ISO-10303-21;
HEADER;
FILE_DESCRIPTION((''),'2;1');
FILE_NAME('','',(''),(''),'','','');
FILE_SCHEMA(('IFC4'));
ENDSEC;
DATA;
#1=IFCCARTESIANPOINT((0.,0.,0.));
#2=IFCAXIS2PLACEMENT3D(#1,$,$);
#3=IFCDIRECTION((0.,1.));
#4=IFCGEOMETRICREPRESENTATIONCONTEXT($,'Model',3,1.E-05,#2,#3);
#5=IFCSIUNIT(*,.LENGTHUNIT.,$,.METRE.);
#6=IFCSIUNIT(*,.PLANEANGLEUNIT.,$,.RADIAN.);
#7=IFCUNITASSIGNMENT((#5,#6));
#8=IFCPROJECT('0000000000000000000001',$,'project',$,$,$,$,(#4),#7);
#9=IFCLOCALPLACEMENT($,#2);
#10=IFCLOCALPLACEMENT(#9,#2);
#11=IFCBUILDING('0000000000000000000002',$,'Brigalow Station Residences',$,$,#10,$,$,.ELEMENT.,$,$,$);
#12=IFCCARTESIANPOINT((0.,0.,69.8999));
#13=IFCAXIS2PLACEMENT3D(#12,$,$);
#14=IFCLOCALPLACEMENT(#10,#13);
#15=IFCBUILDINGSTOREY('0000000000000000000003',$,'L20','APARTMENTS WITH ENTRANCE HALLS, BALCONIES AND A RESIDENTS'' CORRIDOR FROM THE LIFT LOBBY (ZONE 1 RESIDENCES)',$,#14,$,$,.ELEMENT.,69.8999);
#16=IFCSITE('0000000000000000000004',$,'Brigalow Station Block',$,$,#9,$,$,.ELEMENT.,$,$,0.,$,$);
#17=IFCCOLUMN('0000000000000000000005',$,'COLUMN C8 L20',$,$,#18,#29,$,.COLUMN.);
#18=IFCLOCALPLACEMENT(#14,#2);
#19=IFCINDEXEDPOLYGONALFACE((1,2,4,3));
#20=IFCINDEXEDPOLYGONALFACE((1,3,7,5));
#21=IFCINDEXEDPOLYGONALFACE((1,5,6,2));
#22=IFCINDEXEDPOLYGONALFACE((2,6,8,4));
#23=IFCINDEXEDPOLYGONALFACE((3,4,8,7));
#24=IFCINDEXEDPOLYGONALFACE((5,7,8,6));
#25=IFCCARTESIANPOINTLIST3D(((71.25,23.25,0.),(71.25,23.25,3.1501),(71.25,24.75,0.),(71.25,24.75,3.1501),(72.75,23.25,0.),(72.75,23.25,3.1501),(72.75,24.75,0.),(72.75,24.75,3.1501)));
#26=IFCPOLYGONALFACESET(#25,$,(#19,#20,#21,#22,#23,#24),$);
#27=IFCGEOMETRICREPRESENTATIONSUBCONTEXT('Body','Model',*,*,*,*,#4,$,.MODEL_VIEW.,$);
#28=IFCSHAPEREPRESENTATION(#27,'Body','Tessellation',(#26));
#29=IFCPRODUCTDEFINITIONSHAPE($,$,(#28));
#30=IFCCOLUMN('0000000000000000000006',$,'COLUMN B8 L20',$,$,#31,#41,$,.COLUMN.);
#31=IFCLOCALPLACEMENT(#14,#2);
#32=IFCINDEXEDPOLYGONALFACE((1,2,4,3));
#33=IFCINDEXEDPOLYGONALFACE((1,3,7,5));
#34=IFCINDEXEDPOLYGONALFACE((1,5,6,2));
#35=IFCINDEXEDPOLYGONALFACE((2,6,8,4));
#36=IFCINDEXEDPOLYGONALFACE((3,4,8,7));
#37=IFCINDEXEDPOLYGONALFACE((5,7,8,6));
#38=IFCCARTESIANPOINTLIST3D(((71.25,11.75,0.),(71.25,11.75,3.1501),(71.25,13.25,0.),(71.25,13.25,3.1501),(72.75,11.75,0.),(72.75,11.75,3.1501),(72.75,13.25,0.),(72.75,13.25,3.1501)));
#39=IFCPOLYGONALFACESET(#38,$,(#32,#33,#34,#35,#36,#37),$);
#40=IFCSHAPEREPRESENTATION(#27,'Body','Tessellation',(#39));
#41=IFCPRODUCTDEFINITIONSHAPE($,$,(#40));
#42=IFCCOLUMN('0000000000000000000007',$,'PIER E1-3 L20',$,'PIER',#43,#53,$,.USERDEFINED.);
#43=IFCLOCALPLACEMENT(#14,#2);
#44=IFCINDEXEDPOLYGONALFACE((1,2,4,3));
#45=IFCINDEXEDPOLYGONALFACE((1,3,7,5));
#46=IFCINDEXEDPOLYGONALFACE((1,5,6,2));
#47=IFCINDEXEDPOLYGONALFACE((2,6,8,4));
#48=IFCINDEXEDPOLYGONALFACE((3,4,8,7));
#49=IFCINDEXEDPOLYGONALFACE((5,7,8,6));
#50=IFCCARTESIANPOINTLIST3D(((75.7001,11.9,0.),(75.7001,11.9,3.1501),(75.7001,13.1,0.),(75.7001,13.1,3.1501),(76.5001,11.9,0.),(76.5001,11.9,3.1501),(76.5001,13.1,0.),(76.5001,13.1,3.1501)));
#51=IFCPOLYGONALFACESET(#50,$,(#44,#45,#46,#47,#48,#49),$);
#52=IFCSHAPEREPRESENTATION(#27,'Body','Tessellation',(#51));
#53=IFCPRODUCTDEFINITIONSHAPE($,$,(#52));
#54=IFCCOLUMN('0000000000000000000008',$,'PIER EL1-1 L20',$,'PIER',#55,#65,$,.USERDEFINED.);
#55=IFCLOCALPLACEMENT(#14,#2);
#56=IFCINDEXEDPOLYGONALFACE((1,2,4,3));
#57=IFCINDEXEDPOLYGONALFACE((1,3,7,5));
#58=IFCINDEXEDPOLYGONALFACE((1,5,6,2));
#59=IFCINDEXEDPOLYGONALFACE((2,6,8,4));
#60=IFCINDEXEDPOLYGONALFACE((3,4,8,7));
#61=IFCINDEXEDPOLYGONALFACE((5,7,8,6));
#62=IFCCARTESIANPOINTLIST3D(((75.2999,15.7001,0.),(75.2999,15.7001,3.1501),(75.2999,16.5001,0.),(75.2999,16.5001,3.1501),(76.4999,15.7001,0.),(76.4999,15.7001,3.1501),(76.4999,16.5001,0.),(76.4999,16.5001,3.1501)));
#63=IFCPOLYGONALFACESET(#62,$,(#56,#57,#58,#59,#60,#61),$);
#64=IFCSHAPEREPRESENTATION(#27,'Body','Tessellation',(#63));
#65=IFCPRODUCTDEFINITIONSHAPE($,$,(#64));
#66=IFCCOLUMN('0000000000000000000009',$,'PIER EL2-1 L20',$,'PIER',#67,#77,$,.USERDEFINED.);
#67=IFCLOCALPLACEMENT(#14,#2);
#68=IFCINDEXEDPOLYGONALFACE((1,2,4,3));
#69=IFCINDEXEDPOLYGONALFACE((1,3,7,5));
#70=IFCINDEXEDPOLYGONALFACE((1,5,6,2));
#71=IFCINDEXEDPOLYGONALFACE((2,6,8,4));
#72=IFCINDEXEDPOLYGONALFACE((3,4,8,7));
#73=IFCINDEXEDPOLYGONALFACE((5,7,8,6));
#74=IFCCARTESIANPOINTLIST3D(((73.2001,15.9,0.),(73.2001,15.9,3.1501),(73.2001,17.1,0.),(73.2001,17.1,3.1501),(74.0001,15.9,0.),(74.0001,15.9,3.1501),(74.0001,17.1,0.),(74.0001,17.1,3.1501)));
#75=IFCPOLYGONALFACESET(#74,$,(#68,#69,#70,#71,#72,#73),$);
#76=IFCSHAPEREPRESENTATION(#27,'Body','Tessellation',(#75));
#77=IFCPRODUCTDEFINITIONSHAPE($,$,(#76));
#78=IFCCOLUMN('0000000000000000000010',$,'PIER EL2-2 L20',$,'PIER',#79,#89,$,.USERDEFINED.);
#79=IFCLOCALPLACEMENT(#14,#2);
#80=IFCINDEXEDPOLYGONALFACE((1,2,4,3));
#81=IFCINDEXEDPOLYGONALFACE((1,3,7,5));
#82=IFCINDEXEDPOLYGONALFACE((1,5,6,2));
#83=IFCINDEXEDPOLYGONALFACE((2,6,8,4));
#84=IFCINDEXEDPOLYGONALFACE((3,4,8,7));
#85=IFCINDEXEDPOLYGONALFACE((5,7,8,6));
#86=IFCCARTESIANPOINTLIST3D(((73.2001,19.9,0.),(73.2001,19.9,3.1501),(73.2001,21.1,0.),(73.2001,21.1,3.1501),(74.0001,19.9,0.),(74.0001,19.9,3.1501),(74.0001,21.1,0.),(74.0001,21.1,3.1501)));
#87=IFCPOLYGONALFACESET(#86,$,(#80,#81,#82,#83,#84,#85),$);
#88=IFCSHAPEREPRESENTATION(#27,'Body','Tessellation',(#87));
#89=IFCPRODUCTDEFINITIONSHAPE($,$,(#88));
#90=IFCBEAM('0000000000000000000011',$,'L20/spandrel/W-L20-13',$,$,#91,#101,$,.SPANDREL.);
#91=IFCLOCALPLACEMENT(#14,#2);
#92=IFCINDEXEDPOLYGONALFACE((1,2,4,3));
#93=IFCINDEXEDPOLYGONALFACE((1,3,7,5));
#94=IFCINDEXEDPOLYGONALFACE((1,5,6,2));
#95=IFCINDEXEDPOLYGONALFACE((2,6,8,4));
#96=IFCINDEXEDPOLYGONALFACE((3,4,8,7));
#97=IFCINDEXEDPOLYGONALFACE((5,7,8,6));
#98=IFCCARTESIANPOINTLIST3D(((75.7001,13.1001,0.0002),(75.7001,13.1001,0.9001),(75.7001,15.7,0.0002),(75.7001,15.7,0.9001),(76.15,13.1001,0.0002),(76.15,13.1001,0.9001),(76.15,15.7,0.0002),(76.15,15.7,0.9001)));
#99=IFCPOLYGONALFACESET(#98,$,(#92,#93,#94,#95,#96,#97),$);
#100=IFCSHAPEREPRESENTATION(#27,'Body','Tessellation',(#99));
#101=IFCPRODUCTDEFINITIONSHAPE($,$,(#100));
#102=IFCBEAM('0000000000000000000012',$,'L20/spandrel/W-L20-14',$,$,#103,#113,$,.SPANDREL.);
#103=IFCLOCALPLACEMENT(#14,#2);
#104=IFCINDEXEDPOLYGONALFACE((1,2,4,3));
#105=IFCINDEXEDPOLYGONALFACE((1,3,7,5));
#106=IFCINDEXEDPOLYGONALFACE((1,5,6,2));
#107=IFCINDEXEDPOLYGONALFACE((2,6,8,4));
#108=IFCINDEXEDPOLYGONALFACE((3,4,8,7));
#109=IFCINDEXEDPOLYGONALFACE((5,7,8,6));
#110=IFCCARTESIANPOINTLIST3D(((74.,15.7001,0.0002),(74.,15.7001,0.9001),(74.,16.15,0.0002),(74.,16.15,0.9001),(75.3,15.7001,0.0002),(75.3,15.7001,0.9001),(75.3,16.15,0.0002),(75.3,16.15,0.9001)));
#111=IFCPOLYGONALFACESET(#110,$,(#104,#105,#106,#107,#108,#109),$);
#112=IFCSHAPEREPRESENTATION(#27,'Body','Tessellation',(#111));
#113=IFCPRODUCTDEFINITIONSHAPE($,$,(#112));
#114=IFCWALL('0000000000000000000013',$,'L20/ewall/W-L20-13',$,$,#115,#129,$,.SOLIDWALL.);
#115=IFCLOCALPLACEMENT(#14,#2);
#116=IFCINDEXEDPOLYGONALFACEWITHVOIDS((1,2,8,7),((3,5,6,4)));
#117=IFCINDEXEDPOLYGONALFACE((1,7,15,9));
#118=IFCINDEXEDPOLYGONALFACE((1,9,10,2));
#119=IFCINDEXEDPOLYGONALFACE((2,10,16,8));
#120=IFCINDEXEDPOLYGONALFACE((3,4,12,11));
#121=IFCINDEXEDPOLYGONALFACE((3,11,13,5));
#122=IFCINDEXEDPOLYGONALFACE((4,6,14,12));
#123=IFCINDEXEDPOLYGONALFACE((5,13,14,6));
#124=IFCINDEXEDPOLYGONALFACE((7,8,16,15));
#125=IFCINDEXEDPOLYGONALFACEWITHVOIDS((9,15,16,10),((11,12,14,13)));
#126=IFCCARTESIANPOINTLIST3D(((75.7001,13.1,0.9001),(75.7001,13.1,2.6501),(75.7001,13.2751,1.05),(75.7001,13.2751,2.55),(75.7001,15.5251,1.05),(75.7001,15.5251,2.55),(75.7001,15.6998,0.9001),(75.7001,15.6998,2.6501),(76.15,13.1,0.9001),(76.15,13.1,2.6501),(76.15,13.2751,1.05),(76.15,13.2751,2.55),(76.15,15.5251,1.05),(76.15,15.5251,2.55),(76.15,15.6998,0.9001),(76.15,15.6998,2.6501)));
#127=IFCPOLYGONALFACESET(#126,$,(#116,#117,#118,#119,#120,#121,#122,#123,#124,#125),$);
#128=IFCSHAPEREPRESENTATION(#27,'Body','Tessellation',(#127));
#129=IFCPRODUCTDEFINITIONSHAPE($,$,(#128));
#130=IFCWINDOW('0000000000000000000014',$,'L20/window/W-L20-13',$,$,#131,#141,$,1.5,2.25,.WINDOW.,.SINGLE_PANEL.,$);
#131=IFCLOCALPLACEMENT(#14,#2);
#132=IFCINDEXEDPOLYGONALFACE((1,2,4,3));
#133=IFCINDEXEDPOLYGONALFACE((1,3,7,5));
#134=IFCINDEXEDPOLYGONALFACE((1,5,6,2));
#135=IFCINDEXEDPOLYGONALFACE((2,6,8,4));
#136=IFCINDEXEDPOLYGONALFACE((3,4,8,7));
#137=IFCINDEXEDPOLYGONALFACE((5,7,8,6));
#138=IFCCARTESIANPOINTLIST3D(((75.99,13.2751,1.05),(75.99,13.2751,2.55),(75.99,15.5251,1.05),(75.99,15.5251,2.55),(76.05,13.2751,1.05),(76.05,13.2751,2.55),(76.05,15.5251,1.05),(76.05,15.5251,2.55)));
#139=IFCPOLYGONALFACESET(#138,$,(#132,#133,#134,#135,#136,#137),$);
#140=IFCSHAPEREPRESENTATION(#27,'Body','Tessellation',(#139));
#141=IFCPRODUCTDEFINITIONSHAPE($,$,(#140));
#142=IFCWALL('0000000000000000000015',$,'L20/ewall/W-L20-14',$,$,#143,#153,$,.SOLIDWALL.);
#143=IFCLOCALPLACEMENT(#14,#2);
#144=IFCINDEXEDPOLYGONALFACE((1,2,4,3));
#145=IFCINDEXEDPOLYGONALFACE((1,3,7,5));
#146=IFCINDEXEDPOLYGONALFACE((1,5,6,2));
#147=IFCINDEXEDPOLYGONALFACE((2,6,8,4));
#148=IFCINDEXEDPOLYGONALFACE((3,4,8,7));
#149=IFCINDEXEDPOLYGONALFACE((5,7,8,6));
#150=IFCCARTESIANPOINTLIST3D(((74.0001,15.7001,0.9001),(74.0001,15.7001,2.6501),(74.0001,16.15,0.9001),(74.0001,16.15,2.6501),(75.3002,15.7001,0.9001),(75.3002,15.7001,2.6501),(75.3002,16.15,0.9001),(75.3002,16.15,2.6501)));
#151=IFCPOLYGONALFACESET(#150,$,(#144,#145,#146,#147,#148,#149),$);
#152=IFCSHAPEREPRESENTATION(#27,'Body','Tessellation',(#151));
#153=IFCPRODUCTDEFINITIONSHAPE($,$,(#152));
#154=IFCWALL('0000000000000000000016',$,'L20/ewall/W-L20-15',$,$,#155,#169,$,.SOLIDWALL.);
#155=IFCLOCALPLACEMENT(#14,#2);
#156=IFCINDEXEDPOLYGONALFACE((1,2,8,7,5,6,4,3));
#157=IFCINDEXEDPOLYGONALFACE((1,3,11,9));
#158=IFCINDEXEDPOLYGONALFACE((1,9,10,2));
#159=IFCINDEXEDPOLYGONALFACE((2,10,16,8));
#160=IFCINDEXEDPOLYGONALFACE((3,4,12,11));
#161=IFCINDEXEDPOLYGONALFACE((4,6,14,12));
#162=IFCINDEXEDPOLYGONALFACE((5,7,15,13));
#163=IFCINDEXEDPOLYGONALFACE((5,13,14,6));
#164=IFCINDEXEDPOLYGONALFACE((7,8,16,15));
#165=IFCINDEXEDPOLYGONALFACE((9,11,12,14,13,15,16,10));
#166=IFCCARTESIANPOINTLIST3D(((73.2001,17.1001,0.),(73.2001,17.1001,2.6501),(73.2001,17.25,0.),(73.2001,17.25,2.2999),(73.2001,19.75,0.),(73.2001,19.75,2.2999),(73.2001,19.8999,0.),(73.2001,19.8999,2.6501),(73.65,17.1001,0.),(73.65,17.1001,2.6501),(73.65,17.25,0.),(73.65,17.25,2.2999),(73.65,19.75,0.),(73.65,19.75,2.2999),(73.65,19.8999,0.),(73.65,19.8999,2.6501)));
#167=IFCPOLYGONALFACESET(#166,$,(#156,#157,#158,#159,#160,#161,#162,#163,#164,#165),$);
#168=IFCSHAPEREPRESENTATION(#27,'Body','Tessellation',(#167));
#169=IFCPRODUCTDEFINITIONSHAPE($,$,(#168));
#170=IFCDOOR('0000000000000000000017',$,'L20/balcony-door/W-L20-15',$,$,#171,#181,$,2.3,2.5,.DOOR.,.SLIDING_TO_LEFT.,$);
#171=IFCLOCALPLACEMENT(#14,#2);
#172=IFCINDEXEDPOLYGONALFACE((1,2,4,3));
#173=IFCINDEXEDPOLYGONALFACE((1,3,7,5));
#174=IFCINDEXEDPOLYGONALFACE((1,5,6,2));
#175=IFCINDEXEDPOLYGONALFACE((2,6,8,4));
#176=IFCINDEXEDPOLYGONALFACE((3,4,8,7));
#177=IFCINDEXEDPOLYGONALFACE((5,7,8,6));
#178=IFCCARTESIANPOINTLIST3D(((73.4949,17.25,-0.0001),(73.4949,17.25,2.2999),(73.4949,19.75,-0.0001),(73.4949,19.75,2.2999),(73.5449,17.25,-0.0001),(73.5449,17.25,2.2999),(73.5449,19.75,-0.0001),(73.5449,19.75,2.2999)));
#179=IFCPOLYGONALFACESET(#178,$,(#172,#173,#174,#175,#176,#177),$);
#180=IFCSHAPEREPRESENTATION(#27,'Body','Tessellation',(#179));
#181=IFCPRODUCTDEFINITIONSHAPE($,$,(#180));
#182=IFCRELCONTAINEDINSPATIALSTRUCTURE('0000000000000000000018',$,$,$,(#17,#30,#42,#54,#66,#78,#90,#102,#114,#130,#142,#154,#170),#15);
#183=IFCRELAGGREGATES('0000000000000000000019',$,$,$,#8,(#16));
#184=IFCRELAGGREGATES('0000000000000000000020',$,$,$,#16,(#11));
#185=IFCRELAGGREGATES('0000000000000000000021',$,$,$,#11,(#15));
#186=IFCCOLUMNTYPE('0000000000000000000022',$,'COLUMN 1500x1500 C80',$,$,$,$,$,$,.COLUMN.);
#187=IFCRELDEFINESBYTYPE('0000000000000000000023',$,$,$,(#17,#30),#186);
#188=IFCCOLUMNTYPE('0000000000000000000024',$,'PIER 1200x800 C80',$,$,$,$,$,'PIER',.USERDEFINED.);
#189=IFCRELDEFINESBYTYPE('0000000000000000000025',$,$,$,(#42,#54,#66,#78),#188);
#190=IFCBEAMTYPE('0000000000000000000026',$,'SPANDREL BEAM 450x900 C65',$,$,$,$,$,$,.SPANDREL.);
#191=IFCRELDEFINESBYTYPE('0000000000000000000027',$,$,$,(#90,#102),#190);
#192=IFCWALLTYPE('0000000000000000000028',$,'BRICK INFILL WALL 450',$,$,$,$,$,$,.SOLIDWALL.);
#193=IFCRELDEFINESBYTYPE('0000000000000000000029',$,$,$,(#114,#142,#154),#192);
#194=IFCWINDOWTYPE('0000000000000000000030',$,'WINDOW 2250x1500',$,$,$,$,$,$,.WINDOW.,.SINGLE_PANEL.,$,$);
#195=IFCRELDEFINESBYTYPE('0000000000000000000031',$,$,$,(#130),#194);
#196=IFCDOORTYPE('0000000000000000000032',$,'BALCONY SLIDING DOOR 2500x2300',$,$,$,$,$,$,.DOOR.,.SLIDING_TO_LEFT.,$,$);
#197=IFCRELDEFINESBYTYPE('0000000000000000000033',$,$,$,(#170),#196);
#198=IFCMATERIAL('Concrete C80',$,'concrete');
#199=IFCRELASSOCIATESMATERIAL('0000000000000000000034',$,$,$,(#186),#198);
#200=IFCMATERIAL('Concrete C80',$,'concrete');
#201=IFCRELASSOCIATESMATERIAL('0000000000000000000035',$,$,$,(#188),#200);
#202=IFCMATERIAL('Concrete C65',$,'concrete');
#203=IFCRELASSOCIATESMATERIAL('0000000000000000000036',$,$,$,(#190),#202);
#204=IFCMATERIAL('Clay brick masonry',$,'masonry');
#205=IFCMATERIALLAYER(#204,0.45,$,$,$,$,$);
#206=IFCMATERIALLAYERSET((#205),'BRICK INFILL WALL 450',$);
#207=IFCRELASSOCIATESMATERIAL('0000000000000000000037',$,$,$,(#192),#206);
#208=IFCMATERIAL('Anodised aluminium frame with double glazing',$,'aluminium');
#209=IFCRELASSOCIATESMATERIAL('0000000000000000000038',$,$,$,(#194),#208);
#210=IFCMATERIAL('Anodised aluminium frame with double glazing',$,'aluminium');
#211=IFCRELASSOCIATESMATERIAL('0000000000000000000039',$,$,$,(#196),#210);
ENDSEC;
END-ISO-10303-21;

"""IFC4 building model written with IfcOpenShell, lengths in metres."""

from ifc_helpers import new_model, si_unit, direction, frame, frame_2d, origin, origin_2d, place, context, subcontext, project, spatial, rectangle, extrude, material, layer, layer_set, material_profile, profile_set, type_object, element, fill, save


model = new_model("IFC4")

# Units and contexts
model_context = context("Model", 3, precision=1e-05, world=origin(), true_north=direction((0.0, 1.0)))
body_context = subcontext(model_context, "Body", "Model", "MODEL_VIEW")
ifc_project = project(units=[si_unit("LENGTHUNIT", "METRE"), si_unit("PLANEANGLEUNIT", "RADIAN")], contexts=[model_context])

# Site, building, storey
site_placement = place(None, origin())
site = spatial("IfcSite", under=ifc_project, at=site_placement, Name="Brigalow Station Block", CompositionType="ELEMENT", RefElevation=0.0)
building_placement = place(site_placement, origin())
building = spatial("IfcBuilding", under=site, at=building_placement, Name="Brigalow Station Residences", CompositionType="ELEMENT")
storey_placement = place(building_placement, frame((0.0, 0.0, 69.8999)))
storey = spatial("IfcBuildingStorey", under=building, at=storey_placement, Name="L20", Description="APARTMENTS WITH ENTRANCE HALLS, BALCONIES AND A RESIDENTS' CORRIDOR FROM THE LIFT LOBBY (ZONE 1 RESIDENCES)", CompositionType="ELEMENT", Elevation=69.8999)

# Columns
ifc_material_1 = material(Name="Concrete C80", Category="concrete")
ifc_material_profile_1 = material_profile(ifc_material_1, rectangle(XDim=1.5, YDim=1.5, at=origin_2d()), Name="RC1500x1500")
ifc_profile_set_1 = profile_set([ifc_material_profile_1], Name="Concrete C80")
column_type_1 = type_object("IfcColumnType", Name="COLUMN 1500x1500 C80", PredefinedType="COLUMN", material=ifc_profile_set_1)
for number, where, z_axis, x_axis, name in (
    (1, (72.0, 24.0, 0.0), (0.0, 0.0, 1.0), (1.0, 0.0, 0.0), "COLUMN C8 L20"),
    (2, (72.0, 12.5, 0.0), (0.0, 0.0, 1.0), (1.0, 0.0, 0.0), "COLUMN B8 L20"),
):
    element("IfcColumn", number, at=place(storey_placement, frame(where, z_axis=z_axis, x_axis=x_axis)), inside=storey, type_object=column_type_1, Name=name, PredefinedType="COLUMN", context=body_context, shape_type="SweptSolid", body=[
        extrude(rectangle(XDim=1.5, YDim=1.5, at=origin_2d()), origin(), (0.0, 0.0, 1.0), 3.1501),
    ])
ifc_material_2 = material(Name="Concrete C80", Category="concrete")
ifc_material_profile_2 = material_profile(ifc_material_2, rectangle(XDim=1.2, YDim=0.8, at=origin_2d()), Name="RC1200x800")
ifc_profile_set_2 = profile_set([ifc_material_profile_2], Name="Concrete C80")
column_type_2 = type_object("IfcColumnType", Name="PIER 1200x800 C80", ElementType="PIER", PredefinedType="USERDEFINED", material=ifc_profile_set_2)
for number, where, z_axis, x_axis, name in (
    (3, (76.1001, 12.5, 0.0), (0.0, 0.0, 1.0), (0.0, 1.0, 0.0), "PIER E1-3 L20"),
    (4, (75.8999, 16.1001, 0.0), (0.0, 0.0, 1.0), (-1.0, 0.0, 0.0), "PIER EL1-1 L20"),
    (5, (73.6001, 16.5, 0.0), (0.0, 0.0, 1.0), (0.0, 1.0, 0.0), "PIER EL2-1 L20"),
    (6, (73.6001, 20.5, 0.0), (0.0, 0.0, 1.0), (0.0, 1.0, 0.0), "PIER EL2-2 L20"),
):
    element("IfcColumn", number, at=place(storey_placement, frame(where, z_axis=z_axis, x_axis=x_axis)), inside=storey, type_object=column_type_2, Name=name, ObjectType="PIER", PredefinedType="USERDEFINED", context=body_context, shape_type="SweptSolid", body=[
        extrude(rectangle(XDim=1.2, YDim=0.8, at=origin_2d()), origin(), (0.0, 0.0, 1.0), 3.1501),
    ])

# Beams
ifc_material_3 = material(Name="Concrete C65", Category="concrete")
ifc_material_profile_3 = material_profile(ifc_material_3, rectangle(XDim=0.45, YDim=0.8999, at=origin_2d()), Name="RC450x900")
ifc_profile_set_3 = profile_set([ifc_material_profile_3], Name="Concrete C65")
beam_type = type_object("IfcBeamType", Name="SPANDREL BEAM 450x900 C65", PredefinedType="SPANDREL", material=ifc_profile_set_3)
beam_1_placement = place(storey_placement, frame((75.925, 13.1001, 0.4502), z_axis=(0.0, 1.0, 0.0), x_axis=(-1.0, 0.0, 0.0)))
element("IfcBeam", 7, at=beam_1_placement, inside=storey, type_object=beam_type, Name="L20/spandrel/W-L20-13", PredefinedType="SPANDREL", context=body_context, shape_type="SweptSolid", body=[
    extrude(rectangle(XDim=0.45, YDim=0.8999, at=origin_2d()), origin(), (0.0, 0.0, 1.0), 2.5999),
])
beam_2_placement = place(storey_placement, frame((75.3, 15.925, 0.4502), z_axis=(-1.0, 0.0, 0.0), x_axis=(0.0, -1.0, 0.0)))
element("IfcBeam", 8, at=beam_2_placement, inside=storey, type_object=beam_type, Name="L20/spandrel/W-L20-14", PredefinedType="SPANDREL", context=body_context, shape_type="SweptSolid", body=[
    extrude(rectangle(XDim=0.45, YDim=0.8999, at=origin_2d()), origin(), (0.0, 0.0, 1.0), 1.3),
])

# Wall, opening, window
ifc_material_4 = material(Name="Clay brick masonry", Category="masonry")
ifc_layer_1 = layer(ifc_material_4, 0.45)
ifc_layer_set_1 = layer_set([ifc_layer_1], Name="BRICK INFILL WALL 450")
wall_type_1 = type_object("IfcWallType", Name="BRICK INFILL WALL 450", PredefinedType="SOLIDWALL", material=ifc_layer_set_1)
wall_1_placement = place(storey_placement, frame((75.925, 13.1001, 0.9001), z_axis=(0.0, 0.0, 1.0), x_axis=(0.0, 1.0, 0.0)))
wall_1 = element("IfcWall", 9, at=wall_1_placement, inside=storey, type_object=wall_type_1, Name="L20/ewall/W-L20-13", PredefinedType="SOLIDWALL", context=body_context, shape_type="SweptSolid", body=[
    extrude(rectangle(XDim=2.5999, YDim=0.45, at=frame_2d((1.2998, 0.0))), origin(), (0.0, 0.0, 1.0), 1.75),
])
opening_1_placement = place(wall_1_placement, frame((0.175, 0.0, 0.1499)))
opening_1 = element("IfcOpeningElement", 10, at=opening_1_placement, cuts=wall_1, PredefinedType="OPENING", context=body_context, shape_type="SweptSolid", body=[
    extrude(rectangle(XDim=2.25, YDim=1.5, at=frame_2d((1.125, 0.75))), frame((0.0, 0.2349, 0.0), z_axis=(0.0, -1.0, 0.0), x_axis=(1.0, 0.0, 0.0)), (0.0, 0.0, 1.0), 0.47),
])
ifc_material_5 = material(Name="Anodised aluminium frame with double glazing", Category="aluminium")
window_type = type_object("IfcWindowType", Name="WINDOW 2250x1500", PartitioningType="SINGLE_PANEL", PredefinedType="WINDOW", material=ifc_material_5)
window_placement = place(opening_1_placement, origin())
window = element("IfcWindow", 11, at=window_placement, inside=storey, type_object=window_type, Name="L20/window/W-L20-13", OverallHeight=1.5, OverallWidth=2.25, PartitioningType="SINGLE_PANEL", PredefinedType="WINDOW", context=body_context, shape_type="SweptSolid", body=[
    extrude(rectangle(XDim=2.25, YDim=1.5, at=frame_2d((1.125, 0.75))), frame((0.0, -0.0649, 0.0), z_axis=(0.0, -1.0, 0.0), x_axis=(1.0, 0.0, 0.0)), (0.0, 0.0, 1.0), 0.0601),
])
fill(opening_1, window)

# Wall
wall_2_placement = place(storey_placement, frame((75.3, 15.925, 0.9001), z_axis=(0.0, 0.0, 1.0), x_axis=(-1.0, 0.0, 0.0)))
element("IfcWall", 12, at=wall_2_placement, inside=storey, type_object=wall_type_1, Name="L20/ewall/W-L20-14", PredefinedType="SOLIDWALL", context=body_context, shape_type="SweptSolid", body=[
    extrude(rectangle(XDim=1.3, YDim=0.45, at=frame_2d((0.6499, 0.0))), origin(), (0.0, 0.0, 1.0), 1.75),
])

# Wall, opening, door
wall_3_placement = place(storey_placement, frame((73.425, 17.1001, 0.0), z_axis=(0.0, 0.0, 1.0), x_axis=(0.0, 1.0, 0.0)))
wall_3 = element("IfcWall", 13, at=wall_3_placement, inside=storey, type_object=wall_type_1, Name="L20/ewall/W-L20-15", PredefinedType="SOLIDWALL", context=body_context, shape_type="SweptSolid", body=[
    extrude(rectangle(XDim=2.7998, YDim=0.45, at=frame_2d((1.3999, 0.0))), origin(), (0.0, 0.0, 1.0), 2.6501),
])
opening_2_placement = place(wall_3_placement, frame((0.1499, 0.0, 0.0)))
opening_2 = element("IfcOpeningElement", 14, at=opening_2_placement, cuts=wall_3, PredefinedType="OPENING", context=body_context, shape_type="SweptSolid", body=[
    extrude(rectangle(XDim=2.5, YDim=2.3, at=frame_2d((1.25, 1.1499))), frame((0.0, 0.2349, 0.0), z_axis=(0.0, -1.0, 0.0), x_axis=(1.0, 0.0, 0.0)), (0.0, 0.0, 1.0), 0.47),
])
ifc_material_6 = material(Name="Anodised aluminium frame with double glazing", Category="aluminium")
door_type_1 = type_object("IfcDoorType", Name="BALCONY SLIDING DOOR 2500x2300", OperationType="SLIDING_TO_LEFT", PredefinedType="DOOR", material=ifc_material_6)
door_1_placement = place(opening_2_placement, origin())
door_1 = element("IfcDoor", 15, at=door_1_placement, inside=storey, type_object=door_type_1, Name="L20/balcony-door/W-L20-15", OperationType="SLIDING_TO_LEFT", OverallHeight=2.3, OverallWidth=2.5, PredefinedType="DOOR", context=body_context, shape_type="SweptSolid", body=[
    extrude(rectangle(XDim=2.5, YDim=2.3, at=frame_2d((1.25, 1.1499))), frame((0.0, -0.0698, 0.0), z_axis=(0.0, -1.0, 0.0), x_axis=(1.0, 0.0, 0.0)), (0.0, 0.0, 1.0), 0.05),
])
fill(opening_2, door_1)

save(model, "model.ifc")
